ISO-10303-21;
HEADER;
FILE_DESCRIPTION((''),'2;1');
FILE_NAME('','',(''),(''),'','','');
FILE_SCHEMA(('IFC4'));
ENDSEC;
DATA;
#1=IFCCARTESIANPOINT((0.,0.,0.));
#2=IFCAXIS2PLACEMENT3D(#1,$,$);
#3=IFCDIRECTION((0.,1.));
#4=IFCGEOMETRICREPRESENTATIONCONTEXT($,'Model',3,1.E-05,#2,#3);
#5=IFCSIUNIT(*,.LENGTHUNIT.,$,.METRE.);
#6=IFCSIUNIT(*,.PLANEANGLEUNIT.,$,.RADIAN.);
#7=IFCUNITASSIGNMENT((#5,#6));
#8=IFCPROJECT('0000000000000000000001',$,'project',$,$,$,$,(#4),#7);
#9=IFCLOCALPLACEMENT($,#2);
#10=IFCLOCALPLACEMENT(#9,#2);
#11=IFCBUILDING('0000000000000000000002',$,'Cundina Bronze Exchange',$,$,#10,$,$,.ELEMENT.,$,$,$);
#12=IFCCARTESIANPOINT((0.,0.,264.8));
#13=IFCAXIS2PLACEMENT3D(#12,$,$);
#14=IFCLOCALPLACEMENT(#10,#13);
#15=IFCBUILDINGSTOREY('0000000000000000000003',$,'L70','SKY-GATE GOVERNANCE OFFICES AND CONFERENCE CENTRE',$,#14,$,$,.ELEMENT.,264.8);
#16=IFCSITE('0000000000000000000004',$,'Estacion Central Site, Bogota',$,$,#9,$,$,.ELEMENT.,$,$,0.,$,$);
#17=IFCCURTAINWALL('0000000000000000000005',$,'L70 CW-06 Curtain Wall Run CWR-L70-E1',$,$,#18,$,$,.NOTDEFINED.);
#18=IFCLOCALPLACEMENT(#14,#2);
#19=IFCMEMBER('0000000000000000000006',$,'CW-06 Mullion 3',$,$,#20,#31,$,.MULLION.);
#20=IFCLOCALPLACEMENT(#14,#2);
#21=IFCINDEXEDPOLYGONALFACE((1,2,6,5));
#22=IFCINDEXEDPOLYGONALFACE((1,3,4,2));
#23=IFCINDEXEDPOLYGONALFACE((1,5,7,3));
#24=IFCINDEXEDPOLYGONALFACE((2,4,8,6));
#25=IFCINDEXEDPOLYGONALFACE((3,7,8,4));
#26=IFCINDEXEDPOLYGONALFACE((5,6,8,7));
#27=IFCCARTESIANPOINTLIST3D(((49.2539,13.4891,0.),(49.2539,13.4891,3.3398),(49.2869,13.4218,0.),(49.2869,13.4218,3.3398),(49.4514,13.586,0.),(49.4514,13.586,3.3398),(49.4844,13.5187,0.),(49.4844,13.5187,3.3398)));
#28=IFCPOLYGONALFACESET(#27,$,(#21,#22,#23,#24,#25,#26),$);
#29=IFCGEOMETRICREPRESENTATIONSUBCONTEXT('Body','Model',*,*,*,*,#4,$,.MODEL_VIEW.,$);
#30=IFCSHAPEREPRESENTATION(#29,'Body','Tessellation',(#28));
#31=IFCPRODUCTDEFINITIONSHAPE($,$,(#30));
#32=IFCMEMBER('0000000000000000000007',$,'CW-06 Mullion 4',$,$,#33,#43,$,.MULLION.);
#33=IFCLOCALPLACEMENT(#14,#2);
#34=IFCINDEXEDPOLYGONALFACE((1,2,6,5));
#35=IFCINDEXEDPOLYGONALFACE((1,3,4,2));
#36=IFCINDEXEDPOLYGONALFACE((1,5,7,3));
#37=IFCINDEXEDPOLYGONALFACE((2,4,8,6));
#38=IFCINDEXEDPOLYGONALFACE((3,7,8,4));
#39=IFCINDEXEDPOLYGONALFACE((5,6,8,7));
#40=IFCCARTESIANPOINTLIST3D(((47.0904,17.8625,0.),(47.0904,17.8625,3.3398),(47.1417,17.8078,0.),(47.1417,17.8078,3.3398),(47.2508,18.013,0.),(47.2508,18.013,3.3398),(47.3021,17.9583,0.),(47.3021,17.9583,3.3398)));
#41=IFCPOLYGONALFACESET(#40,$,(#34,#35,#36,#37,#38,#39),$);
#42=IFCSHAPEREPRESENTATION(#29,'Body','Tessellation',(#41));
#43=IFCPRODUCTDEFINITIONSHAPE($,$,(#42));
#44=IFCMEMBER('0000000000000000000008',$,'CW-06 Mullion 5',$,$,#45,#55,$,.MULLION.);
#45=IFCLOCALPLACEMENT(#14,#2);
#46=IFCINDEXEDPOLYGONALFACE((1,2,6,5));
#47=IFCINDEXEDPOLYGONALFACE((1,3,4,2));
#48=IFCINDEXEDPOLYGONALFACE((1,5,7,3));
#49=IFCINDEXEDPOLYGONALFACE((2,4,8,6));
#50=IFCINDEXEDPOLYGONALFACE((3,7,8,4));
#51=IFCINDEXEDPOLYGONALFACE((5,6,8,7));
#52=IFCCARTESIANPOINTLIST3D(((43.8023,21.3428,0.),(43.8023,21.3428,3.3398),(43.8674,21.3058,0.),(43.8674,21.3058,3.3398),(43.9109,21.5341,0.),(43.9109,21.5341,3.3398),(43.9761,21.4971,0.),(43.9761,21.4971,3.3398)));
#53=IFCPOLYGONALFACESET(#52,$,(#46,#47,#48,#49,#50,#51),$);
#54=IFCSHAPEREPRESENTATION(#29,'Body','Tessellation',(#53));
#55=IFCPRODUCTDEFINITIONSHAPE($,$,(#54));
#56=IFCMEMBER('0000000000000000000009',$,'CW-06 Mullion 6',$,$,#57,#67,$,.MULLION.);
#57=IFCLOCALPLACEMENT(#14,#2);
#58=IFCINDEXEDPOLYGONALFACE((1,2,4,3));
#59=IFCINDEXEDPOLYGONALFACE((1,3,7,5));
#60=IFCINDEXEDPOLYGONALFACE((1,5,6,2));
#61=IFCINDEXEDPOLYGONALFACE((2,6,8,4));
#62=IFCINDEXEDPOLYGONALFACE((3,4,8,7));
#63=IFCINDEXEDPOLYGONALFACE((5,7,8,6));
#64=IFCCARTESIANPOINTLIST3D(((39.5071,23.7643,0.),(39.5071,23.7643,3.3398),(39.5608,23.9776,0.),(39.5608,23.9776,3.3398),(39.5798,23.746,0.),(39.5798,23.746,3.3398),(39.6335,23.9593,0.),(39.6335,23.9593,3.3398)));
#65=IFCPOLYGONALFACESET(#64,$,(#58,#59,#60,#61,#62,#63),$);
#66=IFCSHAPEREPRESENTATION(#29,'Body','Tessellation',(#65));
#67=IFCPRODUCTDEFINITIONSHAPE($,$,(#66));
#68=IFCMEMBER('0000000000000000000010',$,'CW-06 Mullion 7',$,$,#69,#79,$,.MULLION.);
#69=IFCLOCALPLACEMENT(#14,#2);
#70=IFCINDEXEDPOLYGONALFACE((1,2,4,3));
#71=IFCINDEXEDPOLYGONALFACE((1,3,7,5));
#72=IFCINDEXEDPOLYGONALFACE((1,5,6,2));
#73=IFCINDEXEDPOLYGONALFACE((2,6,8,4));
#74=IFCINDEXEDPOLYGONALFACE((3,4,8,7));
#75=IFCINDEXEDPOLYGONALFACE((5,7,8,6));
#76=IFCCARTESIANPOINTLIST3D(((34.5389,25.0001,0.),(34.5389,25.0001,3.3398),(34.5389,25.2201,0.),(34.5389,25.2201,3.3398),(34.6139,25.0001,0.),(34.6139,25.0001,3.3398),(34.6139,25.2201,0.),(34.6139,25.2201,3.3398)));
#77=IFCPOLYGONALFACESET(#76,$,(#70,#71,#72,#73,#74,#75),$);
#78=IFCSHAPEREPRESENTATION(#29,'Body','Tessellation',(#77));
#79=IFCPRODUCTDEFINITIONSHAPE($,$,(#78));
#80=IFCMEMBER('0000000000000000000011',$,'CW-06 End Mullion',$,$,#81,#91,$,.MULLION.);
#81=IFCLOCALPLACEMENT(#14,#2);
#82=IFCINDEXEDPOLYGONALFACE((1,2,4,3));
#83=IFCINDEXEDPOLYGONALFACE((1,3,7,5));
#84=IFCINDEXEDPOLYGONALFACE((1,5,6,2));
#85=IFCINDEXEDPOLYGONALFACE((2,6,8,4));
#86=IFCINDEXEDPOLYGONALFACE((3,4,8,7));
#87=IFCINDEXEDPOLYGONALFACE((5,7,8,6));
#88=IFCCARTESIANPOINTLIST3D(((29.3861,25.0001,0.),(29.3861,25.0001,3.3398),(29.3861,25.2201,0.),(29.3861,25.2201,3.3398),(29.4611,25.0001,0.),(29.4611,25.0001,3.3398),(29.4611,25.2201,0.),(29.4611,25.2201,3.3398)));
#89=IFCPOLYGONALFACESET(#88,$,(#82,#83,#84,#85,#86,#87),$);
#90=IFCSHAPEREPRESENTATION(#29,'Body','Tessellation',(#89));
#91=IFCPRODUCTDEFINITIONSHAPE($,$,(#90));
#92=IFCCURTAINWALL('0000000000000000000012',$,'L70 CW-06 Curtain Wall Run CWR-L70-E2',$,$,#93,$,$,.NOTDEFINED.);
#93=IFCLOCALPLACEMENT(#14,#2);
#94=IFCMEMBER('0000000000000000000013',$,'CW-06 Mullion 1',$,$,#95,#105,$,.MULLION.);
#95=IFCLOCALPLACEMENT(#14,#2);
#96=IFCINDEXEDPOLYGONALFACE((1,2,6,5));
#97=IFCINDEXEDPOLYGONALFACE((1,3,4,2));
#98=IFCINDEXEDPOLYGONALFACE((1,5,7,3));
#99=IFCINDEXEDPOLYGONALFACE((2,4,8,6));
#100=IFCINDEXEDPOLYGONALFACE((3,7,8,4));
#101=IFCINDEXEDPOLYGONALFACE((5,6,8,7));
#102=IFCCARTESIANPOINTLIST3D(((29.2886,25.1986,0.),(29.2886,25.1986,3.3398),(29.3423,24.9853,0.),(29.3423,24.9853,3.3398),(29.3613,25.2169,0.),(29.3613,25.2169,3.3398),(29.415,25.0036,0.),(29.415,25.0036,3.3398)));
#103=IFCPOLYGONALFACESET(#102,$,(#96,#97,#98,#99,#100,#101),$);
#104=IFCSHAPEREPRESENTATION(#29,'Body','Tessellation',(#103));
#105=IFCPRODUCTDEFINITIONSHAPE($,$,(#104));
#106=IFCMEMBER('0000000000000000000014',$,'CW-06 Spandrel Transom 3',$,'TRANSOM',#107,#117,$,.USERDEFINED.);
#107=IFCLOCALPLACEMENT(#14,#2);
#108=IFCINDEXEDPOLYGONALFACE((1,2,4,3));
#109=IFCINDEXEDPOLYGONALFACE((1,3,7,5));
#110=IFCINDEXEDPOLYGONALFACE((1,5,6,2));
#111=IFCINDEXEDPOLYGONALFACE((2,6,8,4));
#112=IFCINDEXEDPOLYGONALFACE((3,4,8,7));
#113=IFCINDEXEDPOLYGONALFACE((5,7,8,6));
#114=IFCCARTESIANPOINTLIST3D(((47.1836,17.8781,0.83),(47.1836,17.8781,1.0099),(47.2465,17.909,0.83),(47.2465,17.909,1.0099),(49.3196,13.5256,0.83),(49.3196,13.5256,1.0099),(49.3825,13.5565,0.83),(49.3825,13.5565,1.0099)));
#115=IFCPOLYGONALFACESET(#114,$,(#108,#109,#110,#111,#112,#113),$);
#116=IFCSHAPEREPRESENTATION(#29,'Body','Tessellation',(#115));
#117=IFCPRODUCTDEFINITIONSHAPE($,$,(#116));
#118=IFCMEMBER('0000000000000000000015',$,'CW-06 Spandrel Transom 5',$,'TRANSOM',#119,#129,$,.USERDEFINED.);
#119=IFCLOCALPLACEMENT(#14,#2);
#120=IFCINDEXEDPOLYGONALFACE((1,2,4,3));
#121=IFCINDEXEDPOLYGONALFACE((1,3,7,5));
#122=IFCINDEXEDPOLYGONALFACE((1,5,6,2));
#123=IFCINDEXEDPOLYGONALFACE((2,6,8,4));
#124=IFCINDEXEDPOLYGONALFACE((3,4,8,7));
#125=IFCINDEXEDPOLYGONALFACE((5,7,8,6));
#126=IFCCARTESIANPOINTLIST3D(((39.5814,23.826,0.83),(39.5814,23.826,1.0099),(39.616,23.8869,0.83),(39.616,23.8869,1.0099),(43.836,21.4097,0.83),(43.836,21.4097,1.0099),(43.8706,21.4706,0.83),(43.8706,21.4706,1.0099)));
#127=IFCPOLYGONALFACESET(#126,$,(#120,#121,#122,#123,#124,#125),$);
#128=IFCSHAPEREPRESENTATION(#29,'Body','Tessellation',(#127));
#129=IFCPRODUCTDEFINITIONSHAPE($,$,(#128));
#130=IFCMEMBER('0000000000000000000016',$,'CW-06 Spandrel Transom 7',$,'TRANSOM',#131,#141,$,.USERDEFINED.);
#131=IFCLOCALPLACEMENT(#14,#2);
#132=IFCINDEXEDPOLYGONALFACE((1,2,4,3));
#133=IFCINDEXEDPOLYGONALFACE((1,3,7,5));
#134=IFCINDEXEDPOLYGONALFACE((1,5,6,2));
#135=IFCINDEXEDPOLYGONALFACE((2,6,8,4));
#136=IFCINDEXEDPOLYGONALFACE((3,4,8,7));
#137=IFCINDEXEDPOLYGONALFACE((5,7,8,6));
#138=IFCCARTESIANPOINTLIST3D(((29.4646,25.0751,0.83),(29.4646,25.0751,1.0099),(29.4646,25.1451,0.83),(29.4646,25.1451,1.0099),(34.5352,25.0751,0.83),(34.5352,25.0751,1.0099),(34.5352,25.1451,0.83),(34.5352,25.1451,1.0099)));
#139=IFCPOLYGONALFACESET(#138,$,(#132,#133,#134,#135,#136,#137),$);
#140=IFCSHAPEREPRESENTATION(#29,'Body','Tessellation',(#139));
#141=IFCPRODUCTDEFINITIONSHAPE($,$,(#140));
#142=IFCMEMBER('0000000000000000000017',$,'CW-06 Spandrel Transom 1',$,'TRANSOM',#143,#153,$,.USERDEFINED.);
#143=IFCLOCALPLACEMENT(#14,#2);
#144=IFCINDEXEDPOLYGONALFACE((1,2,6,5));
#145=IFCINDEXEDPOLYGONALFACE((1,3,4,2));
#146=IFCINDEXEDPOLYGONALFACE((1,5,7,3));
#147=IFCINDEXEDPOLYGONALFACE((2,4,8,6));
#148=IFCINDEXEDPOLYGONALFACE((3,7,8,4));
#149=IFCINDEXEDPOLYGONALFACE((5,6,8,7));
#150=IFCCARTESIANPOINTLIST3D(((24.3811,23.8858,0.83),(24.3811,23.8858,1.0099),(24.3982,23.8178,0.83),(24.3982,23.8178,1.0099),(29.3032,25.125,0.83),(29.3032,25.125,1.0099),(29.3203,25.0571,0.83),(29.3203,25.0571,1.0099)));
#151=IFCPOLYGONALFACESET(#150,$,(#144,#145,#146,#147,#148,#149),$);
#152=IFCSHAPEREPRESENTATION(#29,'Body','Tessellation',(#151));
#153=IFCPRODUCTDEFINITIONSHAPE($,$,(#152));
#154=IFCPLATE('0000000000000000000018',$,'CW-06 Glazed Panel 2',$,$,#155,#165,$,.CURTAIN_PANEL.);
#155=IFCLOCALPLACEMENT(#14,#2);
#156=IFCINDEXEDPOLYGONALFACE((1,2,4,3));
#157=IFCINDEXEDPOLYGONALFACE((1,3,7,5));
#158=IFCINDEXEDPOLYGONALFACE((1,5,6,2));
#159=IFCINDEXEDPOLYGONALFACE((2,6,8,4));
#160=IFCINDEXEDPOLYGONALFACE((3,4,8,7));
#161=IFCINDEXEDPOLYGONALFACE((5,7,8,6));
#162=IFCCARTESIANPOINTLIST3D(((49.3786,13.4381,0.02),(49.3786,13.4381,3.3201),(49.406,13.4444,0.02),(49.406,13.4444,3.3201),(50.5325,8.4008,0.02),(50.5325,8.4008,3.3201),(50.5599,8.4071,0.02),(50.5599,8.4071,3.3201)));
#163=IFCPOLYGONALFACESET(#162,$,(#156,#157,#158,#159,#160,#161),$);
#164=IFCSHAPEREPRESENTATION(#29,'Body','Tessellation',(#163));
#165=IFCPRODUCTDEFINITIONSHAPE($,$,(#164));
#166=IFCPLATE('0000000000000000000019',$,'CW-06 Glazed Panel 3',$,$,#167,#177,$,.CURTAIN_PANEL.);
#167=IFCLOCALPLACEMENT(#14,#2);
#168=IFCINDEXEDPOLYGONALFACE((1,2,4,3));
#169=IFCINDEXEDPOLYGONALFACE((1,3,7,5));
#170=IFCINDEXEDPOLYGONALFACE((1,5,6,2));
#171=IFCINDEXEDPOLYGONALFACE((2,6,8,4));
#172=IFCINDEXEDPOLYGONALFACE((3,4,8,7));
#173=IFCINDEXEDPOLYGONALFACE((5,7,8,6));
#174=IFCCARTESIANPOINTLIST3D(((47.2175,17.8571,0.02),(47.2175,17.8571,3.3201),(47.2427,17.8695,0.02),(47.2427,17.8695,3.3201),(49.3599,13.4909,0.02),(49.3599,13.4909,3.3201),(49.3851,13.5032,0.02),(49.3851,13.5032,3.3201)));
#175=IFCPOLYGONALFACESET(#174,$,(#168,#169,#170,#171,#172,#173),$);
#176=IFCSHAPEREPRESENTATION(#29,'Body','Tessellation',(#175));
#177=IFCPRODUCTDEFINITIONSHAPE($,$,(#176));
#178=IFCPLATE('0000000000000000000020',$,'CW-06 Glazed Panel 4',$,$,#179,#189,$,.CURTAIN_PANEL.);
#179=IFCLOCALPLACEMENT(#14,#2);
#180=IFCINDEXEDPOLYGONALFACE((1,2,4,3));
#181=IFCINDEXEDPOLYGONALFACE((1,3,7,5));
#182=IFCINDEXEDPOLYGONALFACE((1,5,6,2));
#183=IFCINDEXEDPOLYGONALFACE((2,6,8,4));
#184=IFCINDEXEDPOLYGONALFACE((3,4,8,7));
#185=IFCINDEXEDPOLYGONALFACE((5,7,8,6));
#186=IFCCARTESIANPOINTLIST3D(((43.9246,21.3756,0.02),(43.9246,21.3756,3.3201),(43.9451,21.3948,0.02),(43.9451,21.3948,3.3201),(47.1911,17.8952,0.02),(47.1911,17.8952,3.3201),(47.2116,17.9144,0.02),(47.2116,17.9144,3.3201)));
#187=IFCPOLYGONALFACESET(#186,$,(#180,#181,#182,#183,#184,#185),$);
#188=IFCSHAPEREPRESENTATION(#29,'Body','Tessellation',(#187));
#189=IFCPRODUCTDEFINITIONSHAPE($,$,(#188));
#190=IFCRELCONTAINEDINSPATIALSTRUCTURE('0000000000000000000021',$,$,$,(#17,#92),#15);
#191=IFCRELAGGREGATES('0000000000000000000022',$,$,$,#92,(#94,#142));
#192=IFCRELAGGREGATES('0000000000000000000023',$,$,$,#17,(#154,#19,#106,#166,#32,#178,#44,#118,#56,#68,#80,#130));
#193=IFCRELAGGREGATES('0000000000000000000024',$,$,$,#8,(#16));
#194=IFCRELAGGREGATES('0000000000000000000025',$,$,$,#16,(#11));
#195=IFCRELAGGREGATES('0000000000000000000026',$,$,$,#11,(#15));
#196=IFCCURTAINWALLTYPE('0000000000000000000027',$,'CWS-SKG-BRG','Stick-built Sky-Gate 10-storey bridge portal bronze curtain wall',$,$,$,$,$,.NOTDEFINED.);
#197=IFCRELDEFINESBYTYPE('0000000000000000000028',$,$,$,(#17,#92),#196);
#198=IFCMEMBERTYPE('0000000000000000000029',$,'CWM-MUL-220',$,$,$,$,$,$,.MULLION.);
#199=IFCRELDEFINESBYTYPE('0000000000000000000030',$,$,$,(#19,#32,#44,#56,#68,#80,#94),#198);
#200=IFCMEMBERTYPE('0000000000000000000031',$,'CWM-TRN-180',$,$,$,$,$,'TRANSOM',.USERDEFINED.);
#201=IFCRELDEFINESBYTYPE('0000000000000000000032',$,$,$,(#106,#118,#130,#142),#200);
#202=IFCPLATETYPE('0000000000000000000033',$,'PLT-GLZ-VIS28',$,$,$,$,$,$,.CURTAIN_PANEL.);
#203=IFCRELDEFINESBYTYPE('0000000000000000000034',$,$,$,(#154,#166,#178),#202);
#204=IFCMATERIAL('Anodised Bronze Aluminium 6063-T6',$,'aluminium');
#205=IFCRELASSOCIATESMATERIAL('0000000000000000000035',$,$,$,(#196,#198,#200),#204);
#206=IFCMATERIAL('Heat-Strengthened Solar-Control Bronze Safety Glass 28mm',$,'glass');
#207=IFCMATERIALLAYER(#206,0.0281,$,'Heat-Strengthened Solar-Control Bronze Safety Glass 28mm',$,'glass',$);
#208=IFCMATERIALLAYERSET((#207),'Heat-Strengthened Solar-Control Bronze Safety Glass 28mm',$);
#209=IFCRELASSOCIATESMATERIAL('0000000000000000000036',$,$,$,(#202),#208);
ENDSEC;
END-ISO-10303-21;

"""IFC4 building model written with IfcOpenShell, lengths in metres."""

from ifc_helpers import new_model, si_unit, direction, frame, origin, origin_2d, place, context, subcontext, project, spatial, rectangle, extrude, material, layer, layer_set, material_profile, profile_set, type_object, element, aggregate, save


model = new_model("IFC4")

# Units and contexts
model_context = context("Model", 3, precision=1e-05, world=origin(), true_north=direction((0.0, 1.0)))
body_context = subcontext(model_context, "Body", "Model", "MODEL_VIEW")
ifc_project = project(units=[si_unit("LENGTHUNIT", "METRE"), si_unit("PLANEANGLEUNIT", "RADIAN")], contexts=[model_context])

# Site, building, storey
site_placement = place(None, origin())
site = spatial("IfcSite", under=ifc_project, at=site_placement, Name="Estacion Central Site, Bogota", CompositionType="ELEMENT", RefElevation=0.0)
building_placement = place(site_placement, origin())
building = spatial("IfcBuilding", under=site, at=building_placement, Name="Cundina Bronze Exchange", CompositionType="ELEMENT")
storey_placement = place(building_placement, frame((0.0, 0.0, 264.8)))
storey = spatial("IfcBuildingStorey", under=building, at=storey_placement, Name="L70", Description="SKY-GATE GOVERNANCE OFFICES AND CONFERENCE CENTRE", CompositionType="ELEMENT", Elevation=264.8)

# Curtain wall, members
ifc_material_1 = material(Name="Anodised Bronze Aluminium 6063-T6", Category="aluminium")
curtain_wall_type = type_object("IfcCurtainWallType", Name="CWS-SKG-BRG", Description="Stick-built Sky-Gate 10-storey bridge portal bronze curtain wall", PredefinedType="NOTDEFINED", material=ifc_material_1)
curtain_wall_1_placement = place(storey_placement, origin())
curtain_wall_1 = element("IfcCurtainWall", 1, at=curtain_wall_1_placement, inside=storey, type_object=curtain_wall_type, Name="L70 CW-06 Curtain Wall Run CWR-L70-E1", PredefinedType="NOTDEFINED")
ifc_material_profile_1 = material_profile(ifc_material_1, rectangle(XDim=0.075, YDim=0.22, at=origin_2d()), Name="AL75X220", Category="aluminium")
ifc_profile_set_1 = profile_set([ifc_material_profile_1], Name="Anodised Bronze Aluminium 6063-T6")
member_type_1 = type_object("IfcMemberType", Name="CWM-MUL-220", PredefinedType="MULLION", material=ifc_profile_set_1)
member_1_placement = place(storey_placement, frame((49.3691, 13.5039, 0.0), z_axis=(0.0, 0.0, 1.0), x_axis=(-0.440566, 0.89772, 0.0)))
member_1 = element("IfcMember", 2, at=member_1_placement, type_object=member_type_1, Name="CW-06 Mullion 3", PredefinedType="MULLION", context=body_context, shape_type="SweptSolid", body=[
    extrude(rectangle(XDim=0.075, YDim=0.22, at=origin_2d()), origin(), (0.0, 0.0, 1.0), 3.3398),
])
member_2_placement = place(storey_placement, frame((47.1963, 17.9104, 0.0), z_axis=(0.0, 0.0, 1.0), x_axis=(-0.684293, 0.729208, 0.0)))
member_2 = element("IfcMember", 3, at=member_2_placement, type_object=member_type_1, Name="CW-06 Mullion 4", PredefinedType="MULLION", context=body_context, shape_type="SweptSolid", body=[
    extrude(rectangle(XDim=0.075, YDim=0.22, at=origin_2d()), origin(), (0.0, 0.0, 1.0), 3.3398),
])
member_3_placement = place(storey_placement, frame((43.8892, 21.4199, 0.0), z_axis=(0.0, 0.0, 1.0), x_axis=(-0.869581, 0.49379, 0.0)))
member_3 = element("IfcMember", 4, at=member_3_placement, type_object=member_type_1, Name="CW-06 Mullion 5", PredefinedType="MULLION", context=body_context, shape_type="SweptSolid", body=[
    extrude(rectangle(XDim=0.075, YDim=0.22, at=origin_2d()), origin(), (0.0, 0.0, 1.0), 3.3398),
])
member_4_placement = place(storey_placement, frame((39.5703, 23.8618, 0.0), z_axis=(0.0, 0.0, 1.0), x_axis=(-0.969744, 0.244123, 0.0)))
member_4 = element("IfcMember", 5, at=member_4_placement, type_object=member_type_1, Name="CW-06 Mullion 6", PredefinedType="MULLION", context=body_context, shape_type="SweptSolid", body=[
    extrude(rectangle(XDim=0.075, YDim=0.22, at=origin_2d()), origin(), (0.0, 0.0, 1.0), 3.3398),
])
member_5_placement = place(storey_placement, frame((34.5764, 25.1101, 0.0), z_axis=(0.0, 0.0, 1.0), x_axis=(-1.0, 0.0, 0.0)))
member_5 = element("IfcMember", 6, at=member_5_placement, type_object=member_type_1, Name="CW-06 Mullion 7", PredefinedType="MULLION", context=body_context, shape_type="SweptSolid", body=[
    extrude(rectangle(XDim=0.075, YDim=0.22, at=origin_2d()), origin(), (0.0, 0.0, 1.0), 3.3398),
])
member_6_placement = place(storey_placement, frame((29.4236, 25.1101, 0.0), z_axis=(0.0, 0.0, 1.0), x_axis=(-1.0, 0.0, 0.0)))
member_6 = element("IfcMember", 7, at=member_6_placement, type_object=member_type_1, Name="CW-06 End Mullion", PredefinedType="MULLION", context=body_context, shape_type="SweptSolid", body=[
    extrude(rectangle(XDim=0.075, YDim=0.22, at=origin_2d()), origin(), (0.0, 0.0, 1.0), 3.3398),
])

# Curtain wall, member
curtain_wall_2_placement = place(storey_placement, origin())
curtain_wall_2 = element("IfcCurtainWall", 8, at=curtain_wall_2_placement, inside=storey, type_object=curtain_wall_type, Name="L70 CW-06 Curtain Wall Run CWR-L70-E2", PredefinedType="NOTDEFINED")
member_7_placement = place(storey_placement, frame((29.3518, 25.1011, 0.0), z_axis=(0.0, 0.0, 1.0), x_axis=(-0.969744, -0.244123, 0.0)))
member_7 = element("IfcMember", 9, at=member_7_placement, type_object=member_type_1, Name="CW-06 Mullion 1", PredefinedType="MULLION", context=body_context, shape_type="SweptSolid", body=[
    extrude(rectangle(XDim=0.075, YDim=0.22, at=origin_2d()), origin(), (0.0, 0.0, 1.0), 3.3398),
])

# Members
ifc_material_profile_2 = material_profile(ifc_material_1, rectangle(XDim=0.0701, YDim=0.1799, at=origin_2d()), Name="AL70X180", Category="aluminium")
ifc_profile_set_2 = profile_set([ifc_material_profile_2], Name="Anodised Bronze Aluminium 6063-T6")
member_type_2 = type_object("IfcMemberType", Name="CWM-TRN-180", ElementType="TRANSOM", PredefinedType="USERDEFINED", material=ifc_profile_set_2)
member_8_placement = place(storey_placement, frame((49.3511, 13.541, 0.9199), z_axis=(-0.440554, 0.897726, 0.0), x_axis=(-0.897726, -0.440554, 0.0)))
member_8 = element("IfcMember", 10, at=member_8_placement, type_object=member_type_2, Name="CW-06 Spandrel Transom 3", ObjectType="TRANSOM", PredefinedType="USERDEFINED", context=body_context, shape_type="SweptSolid", body=[
    extrude(rectangle(XDim=0.0701, YDim=0.1799, at=origin_2d()), origin(), (0.0, 0.0, 1.0), 4.8484),
])
member_9_placement = place(storey_placement, frame((43.8533, 21.4402, 0.9199), z_axis=(-0.869557, 0.493832, 0.0), x_axis=(-0.493832, -0.869557, 0.0)))
member_9 = element("IfcMember", 11, at=member_9_placement, type_object=member_type_2, Name="CW-06 Spandrel Transom 5", ObjectType="TRANSOM", PredefinedType="USERDEFINED", context=body_context, shape_type="SweptSolid", body=[
    extrude(rectangle(XDim=0.0701, YDim=0.1799, at=origin_2d()), origin(), (0.0, 0.0, 1.0), 4.8928),
])
member_10_placement = place(storey_placement, frame((34.5352, 25.1101, 0.9199), z_axis=(-1.0, 0.0, 0.0), x_axis=(0.0, -1.0, 0.0)))
member_10 = element("IfcMember", 12, at=member_10_placement, type_object=member_type_2, Name="CW-06 Spandrel Transom 7", ObjectType="TRANSOM", PredefinedType="USERDEFINED", context=body_context, shape_type="SweptSolid", body=[
    extrude(rectangle(XDim=0.0701, YDim=0.1799, at=origin_2d()), origin(), (0.0, 0.0, 1.0), 5.0706),
])
member_11_placement = place(storey_placement, frame((29.3118, 25.0911, 0.9199), z_axis=(-0.969737, -0.244154, 0.0), x_axis=(0.244154, -0.969737, 0.0)))
member_11 = element("IfcMember", 13, at=member_11_placement, type_object=member_type_2, Name="CW-06 Spandrel Transom 1", ObjectType="TRANSOM", PredefinedType="USERDEFINED", context=body_context, shape_type="SweptSolid", body=[
    extrude(rectangle(XDim=0.0701, YDim=0.1799, at=origin_2d()), origin(), (0.0, 0.0, 1.0), 5.0757),
])
aggregate(curtain_wall_2, [member_7, member_11])

# Plates
ifc_material_2 = material(Name="Heat-Strengthened Solar-Control Bronze Safety Glass 28mm", Category="glass")
ifc_layer_1 = layer(ifc_material_2, 0.0281, Name="Heat-Strengthened Solar-Control Bronze Safety Glass 28mm", Category="glass")
ifc_layer_set_1 = layer_set([ifc_layer_1], Name="Heat-Strengthened Solar-Control Bronze Safety Glass 28mm")
plate_type_1 = type_object("IfcPlateType", Name="PLT-GLZ-VIS28", PredefinedType="CURTAIN_PANEL", material=ifc_layer_set_1)
plate_1_placement = place(storey_placement, frame((49.9692, 10.9226, 0.02), z_axis=(0.0, 0.0, 1.0), x_axis=(-0.223284, 0.974753, 0.0)))
plate_1 = element("IfcPlate", 14, at=plate_1_placement, type_object=plate_type_1, Name="CW-06 Glazed Panel 2", PredefinedType="CURTAIN_PANEL", context=body_context, shape_type="SweptSolid", body=[
    extrude(rectangle(XDim=5.1677, YDim=0.0281, at=origin_2d()), origin(), (0.0, 0.0, 1.0), 3.3),
])
plate_2_placement = place(storey_placement, frame((48.3013, 15.6802, 0.02), z_axis=(0.0, 0.0, 1.0), x_axis=(-0.440503, 0.897751, 0.0)))
plate_2 = element("IfcPlate", 15, at=plate_2_placement, type_object=plate_type_1, Name="CW-06 Glazed Panel 3", PredefinedType="CURTAIN_PANEL", context=body_context, shape_type="SweptSolid", body=[
    extrude(rectangle(XDim=4.8635, YDim=0.0281, at=origin_2d()), origin(), (0.0, 0.0, 1.0), 3.3),
])
plate_3_placement = place(storey_placement, frame((45.5681, 19.645, 0.02), z_axis=(0.0, 0.0, 1.0), x_axis=(-0.684344, 0.72916, 0.0)))
plate_3 = element("IfcPlate", 16, at=plate_3_placement, type_object=plate_type_1, Name="CW-06 Glazed Panel 4", PredefinedType="CURTAIN_PANEL", context=body_context, shape_type="SweptSolid", body=[
    extrude(rectangle(XDim=4.7732, YDim=0.0281, at=origin_2d()), origin(), (0.0, 0.0, 1.0), 3.3),
])
aggregate(curtain_wall_1, [plate_1, member_1, member_8, plate_2, member_2, plate_3, member_3, member_9, member_4, member_5, member_6, member_10])

save(model, "model.ifc")
